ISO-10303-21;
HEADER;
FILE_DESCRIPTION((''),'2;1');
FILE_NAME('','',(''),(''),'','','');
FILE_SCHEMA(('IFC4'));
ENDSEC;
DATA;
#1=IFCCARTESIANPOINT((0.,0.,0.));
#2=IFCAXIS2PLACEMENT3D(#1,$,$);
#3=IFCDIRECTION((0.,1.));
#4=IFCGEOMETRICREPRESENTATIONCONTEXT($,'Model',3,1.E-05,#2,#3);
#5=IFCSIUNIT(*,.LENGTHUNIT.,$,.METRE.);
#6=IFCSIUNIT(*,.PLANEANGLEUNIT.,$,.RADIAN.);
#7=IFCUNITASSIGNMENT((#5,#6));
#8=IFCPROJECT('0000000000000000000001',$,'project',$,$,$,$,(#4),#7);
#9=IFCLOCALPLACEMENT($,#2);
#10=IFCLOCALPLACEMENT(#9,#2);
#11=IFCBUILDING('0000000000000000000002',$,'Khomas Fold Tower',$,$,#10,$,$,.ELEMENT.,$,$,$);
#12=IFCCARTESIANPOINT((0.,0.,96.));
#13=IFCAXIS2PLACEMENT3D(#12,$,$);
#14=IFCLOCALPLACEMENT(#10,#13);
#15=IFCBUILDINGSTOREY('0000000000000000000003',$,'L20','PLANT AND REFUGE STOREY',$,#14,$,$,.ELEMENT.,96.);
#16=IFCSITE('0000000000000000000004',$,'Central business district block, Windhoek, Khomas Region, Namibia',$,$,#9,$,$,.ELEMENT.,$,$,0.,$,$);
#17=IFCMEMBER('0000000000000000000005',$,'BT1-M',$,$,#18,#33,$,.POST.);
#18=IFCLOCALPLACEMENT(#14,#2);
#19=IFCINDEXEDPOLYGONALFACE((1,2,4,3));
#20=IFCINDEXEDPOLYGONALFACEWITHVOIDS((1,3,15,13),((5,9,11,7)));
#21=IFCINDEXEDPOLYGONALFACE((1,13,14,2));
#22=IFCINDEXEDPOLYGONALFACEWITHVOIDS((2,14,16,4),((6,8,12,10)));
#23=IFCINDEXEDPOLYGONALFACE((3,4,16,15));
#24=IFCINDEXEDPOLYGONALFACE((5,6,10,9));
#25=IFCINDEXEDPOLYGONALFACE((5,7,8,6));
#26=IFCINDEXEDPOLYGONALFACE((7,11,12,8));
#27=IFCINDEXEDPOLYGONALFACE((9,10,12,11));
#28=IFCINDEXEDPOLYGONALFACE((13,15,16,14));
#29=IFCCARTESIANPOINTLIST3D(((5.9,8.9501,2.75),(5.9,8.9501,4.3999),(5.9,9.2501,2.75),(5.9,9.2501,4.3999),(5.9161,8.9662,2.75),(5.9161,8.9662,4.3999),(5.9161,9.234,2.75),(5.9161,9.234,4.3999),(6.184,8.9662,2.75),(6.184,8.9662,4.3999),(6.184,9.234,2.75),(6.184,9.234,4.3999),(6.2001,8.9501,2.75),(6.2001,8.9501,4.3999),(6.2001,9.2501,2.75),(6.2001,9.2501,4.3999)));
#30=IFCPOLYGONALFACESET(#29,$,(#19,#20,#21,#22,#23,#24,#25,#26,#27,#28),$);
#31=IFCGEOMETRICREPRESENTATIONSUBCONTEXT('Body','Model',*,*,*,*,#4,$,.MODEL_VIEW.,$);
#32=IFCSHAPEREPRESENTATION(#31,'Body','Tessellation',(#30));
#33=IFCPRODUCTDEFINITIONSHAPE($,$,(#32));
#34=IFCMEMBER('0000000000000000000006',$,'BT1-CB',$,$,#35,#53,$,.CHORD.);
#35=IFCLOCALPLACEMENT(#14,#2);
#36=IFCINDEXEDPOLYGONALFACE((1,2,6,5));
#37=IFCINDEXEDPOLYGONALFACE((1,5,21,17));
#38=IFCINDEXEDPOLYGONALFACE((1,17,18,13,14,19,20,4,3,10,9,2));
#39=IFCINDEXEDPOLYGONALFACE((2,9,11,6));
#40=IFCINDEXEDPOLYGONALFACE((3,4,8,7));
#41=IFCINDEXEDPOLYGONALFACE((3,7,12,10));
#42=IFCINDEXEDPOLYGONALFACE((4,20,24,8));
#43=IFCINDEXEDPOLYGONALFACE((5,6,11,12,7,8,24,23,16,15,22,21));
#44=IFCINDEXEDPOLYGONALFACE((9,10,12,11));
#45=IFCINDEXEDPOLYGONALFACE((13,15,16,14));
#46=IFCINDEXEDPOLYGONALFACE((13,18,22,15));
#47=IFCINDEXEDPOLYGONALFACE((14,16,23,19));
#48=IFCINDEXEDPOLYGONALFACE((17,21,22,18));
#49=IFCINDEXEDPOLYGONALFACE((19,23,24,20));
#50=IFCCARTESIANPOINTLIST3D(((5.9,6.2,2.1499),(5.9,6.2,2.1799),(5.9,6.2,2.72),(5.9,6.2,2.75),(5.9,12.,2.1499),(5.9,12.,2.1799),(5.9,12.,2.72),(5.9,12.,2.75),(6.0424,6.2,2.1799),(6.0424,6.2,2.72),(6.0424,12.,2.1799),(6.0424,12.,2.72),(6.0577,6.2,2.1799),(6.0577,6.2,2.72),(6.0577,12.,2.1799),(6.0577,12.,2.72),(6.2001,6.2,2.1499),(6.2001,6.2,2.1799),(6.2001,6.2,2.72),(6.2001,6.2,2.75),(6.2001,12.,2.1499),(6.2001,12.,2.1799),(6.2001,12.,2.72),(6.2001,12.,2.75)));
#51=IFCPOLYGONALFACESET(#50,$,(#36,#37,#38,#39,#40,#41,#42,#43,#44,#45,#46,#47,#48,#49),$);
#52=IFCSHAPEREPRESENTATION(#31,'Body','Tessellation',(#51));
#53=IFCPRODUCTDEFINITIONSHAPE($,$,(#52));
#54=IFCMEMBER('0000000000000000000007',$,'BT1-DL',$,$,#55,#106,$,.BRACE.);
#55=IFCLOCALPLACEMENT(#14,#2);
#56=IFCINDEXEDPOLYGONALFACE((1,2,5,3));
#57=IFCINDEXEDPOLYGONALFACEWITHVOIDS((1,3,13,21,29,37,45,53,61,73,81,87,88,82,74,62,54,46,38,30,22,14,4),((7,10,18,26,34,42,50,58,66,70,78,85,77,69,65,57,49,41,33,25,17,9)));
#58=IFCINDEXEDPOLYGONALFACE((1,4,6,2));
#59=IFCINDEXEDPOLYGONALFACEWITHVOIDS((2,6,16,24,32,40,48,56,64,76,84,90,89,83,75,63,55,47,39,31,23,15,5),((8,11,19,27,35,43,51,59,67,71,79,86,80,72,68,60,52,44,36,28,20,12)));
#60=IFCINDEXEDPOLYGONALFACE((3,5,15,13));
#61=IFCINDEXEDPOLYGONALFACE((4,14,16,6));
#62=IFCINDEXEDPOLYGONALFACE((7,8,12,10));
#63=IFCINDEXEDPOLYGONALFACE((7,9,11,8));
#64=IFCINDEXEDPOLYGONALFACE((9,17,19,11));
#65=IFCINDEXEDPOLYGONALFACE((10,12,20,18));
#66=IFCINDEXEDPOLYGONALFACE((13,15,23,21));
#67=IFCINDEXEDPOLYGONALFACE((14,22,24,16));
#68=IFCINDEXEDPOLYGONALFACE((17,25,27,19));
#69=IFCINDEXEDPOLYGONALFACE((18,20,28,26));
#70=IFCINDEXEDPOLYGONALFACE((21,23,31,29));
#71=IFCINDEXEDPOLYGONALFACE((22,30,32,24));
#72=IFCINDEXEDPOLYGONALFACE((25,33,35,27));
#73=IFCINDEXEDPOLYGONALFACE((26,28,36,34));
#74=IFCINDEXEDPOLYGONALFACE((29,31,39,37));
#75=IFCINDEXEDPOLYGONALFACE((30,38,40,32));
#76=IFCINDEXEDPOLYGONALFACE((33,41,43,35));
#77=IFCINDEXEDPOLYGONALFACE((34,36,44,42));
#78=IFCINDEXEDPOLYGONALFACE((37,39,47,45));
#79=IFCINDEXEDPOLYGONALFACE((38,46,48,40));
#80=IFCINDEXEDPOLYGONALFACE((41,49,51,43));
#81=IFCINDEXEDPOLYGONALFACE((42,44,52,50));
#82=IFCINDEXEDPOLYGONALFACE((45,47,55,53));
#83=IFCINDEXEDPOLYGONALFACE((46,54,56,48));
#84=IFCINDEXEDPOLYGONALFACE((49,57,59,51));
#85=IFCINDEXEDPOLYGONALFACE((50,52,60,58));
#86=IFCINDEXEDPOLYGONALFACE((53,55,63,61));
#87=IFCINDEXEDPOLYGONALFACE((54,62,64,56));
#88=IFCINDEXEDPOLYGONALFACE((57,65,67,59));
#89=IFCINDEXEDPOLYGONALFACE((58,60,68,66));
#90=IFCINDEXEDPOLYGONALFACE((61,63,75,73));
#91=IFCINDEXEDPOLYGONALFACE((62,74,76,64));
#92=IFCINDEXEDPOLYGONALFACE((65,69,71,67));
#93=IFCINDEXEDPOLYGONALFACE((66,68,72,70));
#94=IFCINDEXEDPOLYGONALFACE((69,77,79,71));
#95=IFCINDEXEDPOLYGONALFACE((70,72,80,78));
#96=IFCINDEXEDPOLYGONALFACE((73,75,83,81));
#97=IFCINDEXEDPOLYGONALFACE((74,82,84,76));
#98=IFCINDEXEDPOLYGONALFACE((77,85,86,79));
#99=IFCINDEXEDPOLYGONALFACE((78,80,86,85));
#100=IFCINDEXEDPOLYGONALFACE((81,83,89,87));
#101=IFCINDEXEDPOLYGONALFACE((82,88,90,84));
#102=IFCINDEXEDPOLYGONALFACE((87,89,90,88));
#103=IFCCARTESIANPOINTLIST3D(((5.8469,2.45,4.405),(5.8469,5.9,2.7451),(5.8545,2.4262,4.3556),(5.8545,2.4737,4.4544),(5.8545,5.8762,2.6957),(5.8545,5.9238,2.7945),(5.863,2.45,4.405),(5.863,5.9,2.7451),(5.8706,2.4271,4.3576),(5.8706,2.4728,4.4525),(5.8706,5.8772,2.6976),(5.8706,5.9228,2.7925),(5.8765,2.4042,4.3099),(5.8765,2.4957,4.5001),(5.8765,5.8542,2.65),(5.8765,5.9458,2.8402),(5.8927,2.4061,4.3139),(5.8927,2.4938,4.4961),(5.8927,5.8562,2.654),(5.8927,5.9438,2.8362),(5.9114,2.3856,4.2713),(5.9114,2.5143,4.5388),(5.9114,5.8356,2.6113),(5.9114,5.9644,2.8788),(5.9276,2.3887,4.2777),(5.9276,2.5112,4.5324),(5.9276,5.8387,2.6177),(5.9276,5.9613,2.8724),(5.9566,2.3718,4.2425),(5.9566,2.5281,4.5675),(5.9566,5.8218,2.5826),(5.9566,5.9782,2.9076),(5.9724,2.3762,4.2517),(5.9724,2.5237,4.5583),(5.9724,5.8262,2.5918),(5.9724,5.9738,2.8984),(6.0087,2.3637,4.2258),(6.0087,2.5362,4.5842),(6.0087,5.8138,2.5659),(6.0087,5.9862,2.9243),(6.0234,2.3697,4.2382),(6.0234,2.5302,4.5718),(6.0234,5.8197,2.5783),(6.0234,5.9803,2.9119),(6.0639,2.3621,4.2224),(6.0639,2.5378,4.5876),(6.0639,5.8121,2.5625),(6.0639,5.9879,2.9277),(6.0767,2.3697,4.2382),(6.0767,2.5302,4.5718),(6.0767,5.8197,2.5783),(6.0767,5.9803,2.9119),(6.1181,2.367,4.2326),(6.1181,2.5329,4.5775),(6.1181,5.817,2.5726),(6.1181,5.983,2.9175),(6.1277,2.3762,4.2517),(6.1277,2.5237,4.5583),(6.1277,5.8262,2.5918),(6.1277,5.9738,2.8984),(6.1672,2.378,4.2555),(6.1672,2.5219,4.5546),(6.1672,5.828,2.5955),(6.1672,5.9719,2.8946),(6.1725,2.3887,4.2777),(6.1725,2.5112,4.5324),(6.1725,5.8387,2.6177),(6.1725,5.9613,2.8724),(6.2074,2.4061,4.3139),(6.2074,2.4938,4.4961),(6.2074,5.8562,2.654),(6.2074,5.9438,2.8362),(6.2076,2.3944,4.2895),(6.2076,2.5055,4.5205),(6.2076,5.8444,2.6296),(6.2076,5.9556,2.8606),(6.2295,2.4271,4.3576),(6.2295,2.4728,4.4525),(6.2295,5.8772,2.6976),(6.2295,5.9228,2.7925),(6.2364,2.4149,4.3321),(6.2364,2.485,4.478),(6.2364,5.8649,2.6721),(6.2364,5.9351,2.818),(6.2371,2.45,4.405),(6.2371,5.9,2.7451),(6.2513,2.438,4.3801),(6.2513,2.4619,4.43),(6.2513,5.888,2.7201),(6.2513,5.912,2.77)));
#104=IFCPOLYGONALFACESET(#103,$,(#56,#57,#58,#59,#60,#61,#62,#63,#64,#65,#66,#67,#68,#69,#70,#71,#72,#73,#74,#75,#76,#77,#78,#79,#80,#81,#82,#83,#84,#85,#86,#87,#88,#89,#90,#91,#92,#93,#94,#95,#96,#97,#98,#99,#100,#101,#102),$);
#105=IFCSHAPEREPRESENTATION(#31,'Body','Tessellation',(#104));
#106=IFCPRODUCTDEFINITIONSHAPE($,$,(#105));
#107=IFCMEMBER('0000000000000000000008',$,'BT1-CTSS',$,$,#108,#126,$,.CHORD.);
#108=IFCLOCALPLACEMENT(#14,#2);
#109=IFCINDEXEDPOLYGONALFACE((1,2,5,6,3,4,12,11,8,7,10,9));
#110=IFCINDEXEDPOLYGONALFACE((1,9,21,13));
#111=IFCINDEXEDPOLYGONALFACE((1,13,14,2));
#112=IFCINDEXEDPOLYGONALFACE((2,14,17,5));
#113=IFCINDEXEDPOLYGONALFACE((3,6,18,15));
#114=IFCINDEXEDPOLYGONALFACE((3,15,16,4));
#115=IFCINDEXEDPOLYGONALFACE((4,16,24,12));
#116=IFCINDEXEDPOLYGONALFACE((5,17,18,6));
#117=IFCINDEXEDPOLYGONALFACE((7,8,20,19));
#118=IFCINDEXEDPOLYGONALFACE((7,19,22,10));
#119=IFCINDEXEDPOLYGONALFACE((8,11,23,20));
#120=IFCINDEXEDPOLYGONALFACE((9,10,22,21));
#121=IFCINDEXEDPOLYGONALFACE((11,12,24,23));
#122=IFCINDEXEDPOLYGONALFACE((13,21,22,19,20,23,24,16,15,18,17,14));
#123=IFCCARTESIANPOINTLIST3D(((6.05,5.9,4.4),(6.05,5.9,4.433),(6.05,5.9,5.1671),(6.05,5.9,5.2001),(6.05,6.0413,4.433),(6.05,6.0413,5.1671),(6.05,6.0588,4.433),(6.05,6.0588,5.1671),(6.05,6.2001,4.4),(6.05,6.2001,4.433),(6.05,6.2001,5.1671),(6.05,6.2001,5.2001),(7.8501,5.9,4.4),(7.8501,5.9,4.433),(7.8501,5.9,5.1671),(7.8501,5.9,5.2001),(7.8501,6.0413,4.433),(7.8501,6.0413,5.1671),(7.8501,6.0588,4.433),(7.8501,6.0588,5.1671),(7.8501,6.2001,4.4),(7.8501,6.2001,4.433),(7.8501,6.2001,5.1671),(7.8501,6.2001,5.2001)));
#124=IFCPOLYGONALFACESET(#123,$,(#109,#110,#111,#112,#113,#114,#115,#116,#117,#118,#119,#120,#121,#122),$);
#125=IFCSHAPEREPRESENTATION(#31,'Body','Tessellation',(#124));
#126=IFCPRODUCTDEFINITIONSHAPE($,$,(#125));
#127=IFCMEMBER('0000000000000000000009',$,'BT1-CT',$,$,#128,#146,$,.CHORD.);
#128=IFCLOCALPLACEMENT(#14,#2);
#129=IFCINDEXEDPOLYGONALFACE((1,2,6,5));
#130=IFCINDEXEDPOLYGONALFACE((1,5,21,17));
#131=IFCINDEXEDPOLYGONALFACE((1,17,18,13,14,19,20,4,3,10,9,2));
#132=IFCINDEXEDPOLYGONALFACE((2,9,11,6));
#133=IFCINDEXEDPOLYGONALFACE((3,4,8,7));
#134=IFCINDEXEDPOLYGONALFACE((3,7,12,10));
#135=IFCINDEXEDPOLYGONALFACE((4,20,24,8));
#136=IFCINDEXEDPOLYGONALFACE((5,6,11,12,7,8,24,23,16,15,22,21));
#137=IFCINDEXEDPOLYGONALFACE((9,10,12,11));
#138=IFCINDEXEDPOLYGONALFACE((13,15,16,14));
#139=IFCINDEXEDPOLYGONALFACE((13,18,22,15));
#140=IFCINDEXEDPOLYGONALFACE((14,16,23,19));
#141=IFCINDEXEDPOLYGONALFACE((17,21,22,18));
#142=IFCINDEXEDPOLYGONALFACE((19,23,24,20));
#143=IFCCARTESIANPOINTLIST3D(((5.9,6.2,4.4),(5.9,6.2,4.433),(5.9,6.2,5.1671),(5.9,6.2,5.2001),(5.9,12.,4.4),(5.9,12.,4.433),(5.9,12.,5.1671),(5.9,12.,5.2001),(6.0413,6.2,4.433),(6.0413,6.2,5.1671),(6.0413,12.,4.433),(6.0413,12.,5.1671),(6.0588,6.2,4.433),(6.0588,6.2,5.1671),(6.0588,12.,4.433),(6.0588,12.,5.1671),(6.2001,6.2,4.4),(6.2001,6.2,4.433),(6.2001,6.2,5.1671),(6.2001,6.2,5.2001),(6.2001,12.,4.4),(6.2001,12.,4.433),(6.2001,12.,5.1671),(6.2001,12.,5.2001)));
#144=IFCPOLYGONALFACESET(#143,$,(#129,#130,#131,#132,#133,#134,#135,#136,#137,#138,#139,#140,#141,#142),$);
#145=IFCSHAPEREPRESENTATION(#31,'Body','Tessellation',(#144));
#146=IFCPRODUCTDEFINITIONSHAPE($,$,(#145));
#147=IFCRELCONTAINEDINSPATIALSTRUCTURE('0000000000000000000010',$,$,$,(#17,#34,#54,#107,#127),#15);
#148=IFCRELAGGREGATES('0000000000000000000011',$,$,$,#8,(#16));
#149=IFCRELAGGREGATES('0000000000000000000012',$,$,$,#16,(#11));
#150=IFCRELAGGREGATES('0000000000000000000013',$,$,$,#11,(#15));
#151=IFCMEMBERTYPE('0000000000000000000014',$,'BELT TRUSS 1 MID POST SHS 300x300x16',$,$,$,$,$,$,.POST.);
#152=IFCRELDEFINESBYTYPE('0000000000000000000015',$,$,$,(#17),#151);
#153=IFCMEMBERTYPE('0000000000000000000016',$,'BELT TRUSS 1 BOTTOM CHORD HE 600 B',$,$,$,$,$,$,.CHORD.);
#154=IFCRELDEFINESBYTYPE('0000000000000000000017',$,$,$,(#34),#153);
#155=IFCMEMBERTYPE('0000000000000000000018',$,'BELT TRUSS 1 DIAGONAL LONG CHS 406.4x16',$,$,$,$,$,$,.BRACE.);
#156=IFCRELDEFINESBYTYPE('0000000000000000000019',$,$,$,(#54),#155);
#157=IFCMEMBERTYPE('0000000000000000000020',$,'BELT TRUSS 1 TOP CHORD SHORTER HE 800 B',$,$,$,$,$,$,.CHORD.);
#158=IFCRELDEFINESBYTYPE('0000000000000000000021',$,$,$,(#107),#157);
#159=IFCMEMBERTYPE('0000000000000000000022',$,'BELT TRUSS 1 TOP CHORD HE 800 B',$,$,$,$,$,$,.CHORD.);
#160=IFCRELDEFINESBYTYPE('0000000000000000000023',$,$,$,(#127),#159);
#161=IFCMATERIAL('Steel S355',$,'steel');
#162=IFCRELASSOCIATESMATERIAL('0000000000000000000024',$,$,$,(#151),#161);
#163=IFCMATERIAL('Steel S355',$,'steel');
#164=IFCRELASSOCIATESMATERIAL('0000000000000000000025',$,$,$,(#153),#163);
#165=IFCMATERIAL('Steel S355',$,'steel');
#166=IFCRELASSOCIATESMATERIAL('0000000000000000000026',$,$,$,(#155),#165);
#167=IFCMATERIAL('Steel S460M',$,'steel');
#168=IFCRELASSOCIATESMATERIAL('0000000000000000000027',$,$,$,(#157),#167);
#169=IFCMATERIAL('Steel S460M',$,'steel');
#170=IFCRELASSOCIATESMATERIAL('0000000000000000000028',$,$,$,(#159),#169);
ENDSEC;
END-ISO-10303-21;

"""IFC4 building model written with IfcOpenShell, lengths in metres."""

from ifc_helpers import new_model, si_unit, direction, frame, origin, origin_2d, place, context, subcontext, project, spatial, hollow_rectangle, hollow_circle, i_section, extrude, source, transform, mapped, material, material_profile, profile_set, type_object, element, save


model = new_model("IFC4")

# Units and contexts
model_context = context("Model", 3, precision=1e-05, world=origin(), true_north=direction((0.0, 1.0)))
body_context = subcontext(model_context, "Body", "Model", "MODEL_VIEW")
ifc_project = project(units=[si_unit("LENGTHUNIT", "METRE"), si_unit("PLANEANGLEUNIT", "RADIAN")], contexts=[model_context])

# Site, building, storey
site_placement = place(None, origin())
site = spatial("IfcSite", under=ifc_project, at=site_placement, Name="Central business district block, Windhoek, Khomas Region, Namibia", CompositionType="ELEMENT", RefElevation=0.0)
building_placement = place(site_placement, origin())
building = spatial("IfcBuilding", under=site, at=building_placement, Name="Khomas Fold Tower", CompositionType="ELEMENT")
storey_placement = place(building_placement, frame((0.0, 0.0, 96.0)))
storey = spatial("IfcBuildingStorey", under=building, at=storey_placement, Name="L20", Description="PLANT AND REFUGE STOREY", CompositionType="ELEMENT", Elevation=96.0)

# Members
ifc_material_1 = material(Name="Steel S355", Category="steel")
ifc_material_profile_1 = material_profile(ifc_material_1, hollow_rectangle(XDim=0.3, YDim=0.3, WallThickness=0.0161, at=origin_2d()), Name="SHS 300x300x16")
ifc_profile_set_1 = profile_set([ifc_material_profile_1], Name="Steel S355")
member_type_1 = type_object("IfcMemberType", Name="BELT TRUSS 1 MID POST SHS 300x300x16", PredefinedType="POST", material=ifc_profile_set_1)
shared_shape_1 = source(origin(), body_context, "Body", "SweptSolid", [
    extrude(hollow_rectangle(XDim=0.3, YDim=0.3, WallThickness=0.0161, at=origin_2d()), origin(), (0.0, 0.0, 1.0), 1.6499),
])
member_1_placement = place(storey_placement, frame((6.05, 9.1001, 2.75), z_axis=(0.0, 0.0, 1.0), x_axis=(1.0, 0.0, 0.0)))
element("IfcMember", 1, at=member_1_placement, inside=storey, type_object=member_type_1, Name="BT1-M", PredefinedType="POST", context=body_context, shape_type="MappedRepresentation", body=[
    mapped(shared_shape_1, transform((0.0, 0.0, 0.0))),
])
ifc_material_2 = material(Name="Steel S355", Category="steel")
ifc_material_profile_2 = material_profile(ifc_material_2, i_section(OverallWidth=0.3, OverallDepth=0.6001, WebThickness=0.0154, FlangeThickness=0.03, at=origin_2d()), Name="HE 600 B")
ifc_profile_set_2 = profile_set([ifc_material_profile_2], Name="Steel S355")
member_type_2 = type_object("IfcMemberType", Name="BELT TRUSS 1 BOTTOM CHORD HE 600 B", PredefinedType="CHORD", material=ifc_profile_set_2)
shared_shape_2 = source(origin(), body_context, "Body", "SweptSolid", [
    extrude(i_section(OverallWidth=0.3, OverallDepth=0.6001, WebThickness=0.0154, FlangeThickness=0.03, at=origin_2d()), origin(), (0.0, 0.0, 1.0), 5.8),
])
member_2_placement = place(storey_placement, frame((6.05, 6.2, 2.45), z_axis=(0.0, 1.0, 0.0), x_axis=(-1.0, 0.0, 0.0)))
element("IfcMember", 2, at=member_2_placement, inside=storey, type_object=member_type_2, Name="BT1-CB", PredefinedType="CHORD", context=body_context, shape_type="MappedRepresentation", body=[
    mapped(shared_shape_2, transform((0.0, 0.0, 0.0))),
])
ifc_material_3 = material(Name="Steel S355", Category="steel")
ifc_material_profile_3 = material_profile(ifc_material_3, hollow_circle(Radius=0.2031, WallThickness=0.0161, at=origin_2d()), Name="CHS 406.4x16")
ifc_profile_set_3 = profile_set([ifc_material_profile_3], Name="Steel S355")
member_type_3 = type_object("IfcMemberType", Name="BELT TRUSS 1 DIAGONAL LONG CHS 406.4x16", PredefinedType="BRACE", material=ifc_profile_set_3)
shared_shape_3 = source(origin(), body_context, "Body", "SweptSolid", [
    extrude(hollow_circle(Radius=0.2031, WallThickness=0.0161, at=origin_2d()), origin(), (0.0, 0.0, 1.0), 3.8286),
])
member_3_placement = place(storey_placement, frame((6.05, 2.45, 4.405), z_axis=(0.0, 0.901122, -0.433566), x_axis=(-1.0, 0.0, 0.0)))
element("IfcMember", 3, at=member_3_placement, inside=storey, type_object=member_type_3, Name="BT1-DL", PredefinedType="BRACE", context=body_context, shape_type="MappedRepresentation", body=[
    mapped(shared_shape_3, transform((0.0, 0.0, 0.0))),
])
ifc_material_4 = material(Name="Steel S460M", Category="steel")
ifc_material_profile_4 = material_profile(ifc_material_4, i_section(OverallWidth=0.3, OverallDepth=0.8, WebThickness=0.0176, FlangeThickness=0.033, at=origin_2d()), Name="HE 800 B")
ifc_profile_set_4 = profile_set([ifc_material_profile_4], Name="Steel S460M")
member_type_4 = type_object("IfcMemberType", Name="BELT TRUSS 1 TOP CHORD SHORTER HE 800 B", PredefinedType="CHORD", material=ifc_profile_set_4)
shared_shape_4 = source(origin(), body_context, "Body", "SweptSolid", [
    extrude(i_section(OverallWidth=0.3, OverallDepth=0.8, WebThickness=0.0176, FlangeThickness=0.033, at=origin_2d()), origin(), (0.0, 0.0, 1.0), 1.8),
])
member_4_placement = place(storey_placement, frame((6.05, 6.05, 4.8), z_axis=(1.0, 0.0, 0.0), x_axis=(0.0, 1.0, 0.0)))
element("IfcMember", 4, at=member_4_placement, inside=storey, type_object=member_type_4, Name="BT1-CTSS", PredefinedType="CHORD", context=body_context, shape_type="MappedRepresentation", body=[
    mapped(shared_shape_4, transform((0.0, 0.0, 0.0))),
])
ifc_material_5 = material(Name="Steel S460M", Category="steel")
ifc_material_profile_5 = material_profile(ifc_material_5, i_section(OverallWidth=0.3, OverallDepth=0.8, WebThickness=0.0176, FlangeThickness=0.033, at=origin_2d()), Name="HE 800 B")
ifc_profile_set_5 = profile_set([ifc_material_profile_5], Name="Steel S460M")
member_type_5 = type_object("IfcMemberType", Name="BELT TRUSS 1 TOP CHORD HE 800 B", PredefinedType="CHORD", material=ifc_profile_set_5)
shared_shape_5 = source(origin(), body_context, "Body", "SweptSolid", [
    extrude(i_section(OverallWidth=0.3, OverallDepth=0.8, WebThickness=0.0176, FlangeThickness=0.033, at=origin_2d()), origin(), (0.0, 0.0, 1.0), 5.8),
])
member_5_placement = place(storey_placement, frame((6.05, 6.2, 4.8), z_axis=(0.0, 1.0, 0.0), x_axis=(-1.0, 0.0, 0.0)))
element("IfcMember", 5, at=member_5_placement, inside=storey, type_object=member_type_5, Name="BT1-CT", PredefinedType="CHORD", context=body_context, shape_type="MappedRepresentation", body=[
    mapped(shared_shape_5, transform((0.0, 0.0, 0.0))),
])

save(model, "model.ifc")
